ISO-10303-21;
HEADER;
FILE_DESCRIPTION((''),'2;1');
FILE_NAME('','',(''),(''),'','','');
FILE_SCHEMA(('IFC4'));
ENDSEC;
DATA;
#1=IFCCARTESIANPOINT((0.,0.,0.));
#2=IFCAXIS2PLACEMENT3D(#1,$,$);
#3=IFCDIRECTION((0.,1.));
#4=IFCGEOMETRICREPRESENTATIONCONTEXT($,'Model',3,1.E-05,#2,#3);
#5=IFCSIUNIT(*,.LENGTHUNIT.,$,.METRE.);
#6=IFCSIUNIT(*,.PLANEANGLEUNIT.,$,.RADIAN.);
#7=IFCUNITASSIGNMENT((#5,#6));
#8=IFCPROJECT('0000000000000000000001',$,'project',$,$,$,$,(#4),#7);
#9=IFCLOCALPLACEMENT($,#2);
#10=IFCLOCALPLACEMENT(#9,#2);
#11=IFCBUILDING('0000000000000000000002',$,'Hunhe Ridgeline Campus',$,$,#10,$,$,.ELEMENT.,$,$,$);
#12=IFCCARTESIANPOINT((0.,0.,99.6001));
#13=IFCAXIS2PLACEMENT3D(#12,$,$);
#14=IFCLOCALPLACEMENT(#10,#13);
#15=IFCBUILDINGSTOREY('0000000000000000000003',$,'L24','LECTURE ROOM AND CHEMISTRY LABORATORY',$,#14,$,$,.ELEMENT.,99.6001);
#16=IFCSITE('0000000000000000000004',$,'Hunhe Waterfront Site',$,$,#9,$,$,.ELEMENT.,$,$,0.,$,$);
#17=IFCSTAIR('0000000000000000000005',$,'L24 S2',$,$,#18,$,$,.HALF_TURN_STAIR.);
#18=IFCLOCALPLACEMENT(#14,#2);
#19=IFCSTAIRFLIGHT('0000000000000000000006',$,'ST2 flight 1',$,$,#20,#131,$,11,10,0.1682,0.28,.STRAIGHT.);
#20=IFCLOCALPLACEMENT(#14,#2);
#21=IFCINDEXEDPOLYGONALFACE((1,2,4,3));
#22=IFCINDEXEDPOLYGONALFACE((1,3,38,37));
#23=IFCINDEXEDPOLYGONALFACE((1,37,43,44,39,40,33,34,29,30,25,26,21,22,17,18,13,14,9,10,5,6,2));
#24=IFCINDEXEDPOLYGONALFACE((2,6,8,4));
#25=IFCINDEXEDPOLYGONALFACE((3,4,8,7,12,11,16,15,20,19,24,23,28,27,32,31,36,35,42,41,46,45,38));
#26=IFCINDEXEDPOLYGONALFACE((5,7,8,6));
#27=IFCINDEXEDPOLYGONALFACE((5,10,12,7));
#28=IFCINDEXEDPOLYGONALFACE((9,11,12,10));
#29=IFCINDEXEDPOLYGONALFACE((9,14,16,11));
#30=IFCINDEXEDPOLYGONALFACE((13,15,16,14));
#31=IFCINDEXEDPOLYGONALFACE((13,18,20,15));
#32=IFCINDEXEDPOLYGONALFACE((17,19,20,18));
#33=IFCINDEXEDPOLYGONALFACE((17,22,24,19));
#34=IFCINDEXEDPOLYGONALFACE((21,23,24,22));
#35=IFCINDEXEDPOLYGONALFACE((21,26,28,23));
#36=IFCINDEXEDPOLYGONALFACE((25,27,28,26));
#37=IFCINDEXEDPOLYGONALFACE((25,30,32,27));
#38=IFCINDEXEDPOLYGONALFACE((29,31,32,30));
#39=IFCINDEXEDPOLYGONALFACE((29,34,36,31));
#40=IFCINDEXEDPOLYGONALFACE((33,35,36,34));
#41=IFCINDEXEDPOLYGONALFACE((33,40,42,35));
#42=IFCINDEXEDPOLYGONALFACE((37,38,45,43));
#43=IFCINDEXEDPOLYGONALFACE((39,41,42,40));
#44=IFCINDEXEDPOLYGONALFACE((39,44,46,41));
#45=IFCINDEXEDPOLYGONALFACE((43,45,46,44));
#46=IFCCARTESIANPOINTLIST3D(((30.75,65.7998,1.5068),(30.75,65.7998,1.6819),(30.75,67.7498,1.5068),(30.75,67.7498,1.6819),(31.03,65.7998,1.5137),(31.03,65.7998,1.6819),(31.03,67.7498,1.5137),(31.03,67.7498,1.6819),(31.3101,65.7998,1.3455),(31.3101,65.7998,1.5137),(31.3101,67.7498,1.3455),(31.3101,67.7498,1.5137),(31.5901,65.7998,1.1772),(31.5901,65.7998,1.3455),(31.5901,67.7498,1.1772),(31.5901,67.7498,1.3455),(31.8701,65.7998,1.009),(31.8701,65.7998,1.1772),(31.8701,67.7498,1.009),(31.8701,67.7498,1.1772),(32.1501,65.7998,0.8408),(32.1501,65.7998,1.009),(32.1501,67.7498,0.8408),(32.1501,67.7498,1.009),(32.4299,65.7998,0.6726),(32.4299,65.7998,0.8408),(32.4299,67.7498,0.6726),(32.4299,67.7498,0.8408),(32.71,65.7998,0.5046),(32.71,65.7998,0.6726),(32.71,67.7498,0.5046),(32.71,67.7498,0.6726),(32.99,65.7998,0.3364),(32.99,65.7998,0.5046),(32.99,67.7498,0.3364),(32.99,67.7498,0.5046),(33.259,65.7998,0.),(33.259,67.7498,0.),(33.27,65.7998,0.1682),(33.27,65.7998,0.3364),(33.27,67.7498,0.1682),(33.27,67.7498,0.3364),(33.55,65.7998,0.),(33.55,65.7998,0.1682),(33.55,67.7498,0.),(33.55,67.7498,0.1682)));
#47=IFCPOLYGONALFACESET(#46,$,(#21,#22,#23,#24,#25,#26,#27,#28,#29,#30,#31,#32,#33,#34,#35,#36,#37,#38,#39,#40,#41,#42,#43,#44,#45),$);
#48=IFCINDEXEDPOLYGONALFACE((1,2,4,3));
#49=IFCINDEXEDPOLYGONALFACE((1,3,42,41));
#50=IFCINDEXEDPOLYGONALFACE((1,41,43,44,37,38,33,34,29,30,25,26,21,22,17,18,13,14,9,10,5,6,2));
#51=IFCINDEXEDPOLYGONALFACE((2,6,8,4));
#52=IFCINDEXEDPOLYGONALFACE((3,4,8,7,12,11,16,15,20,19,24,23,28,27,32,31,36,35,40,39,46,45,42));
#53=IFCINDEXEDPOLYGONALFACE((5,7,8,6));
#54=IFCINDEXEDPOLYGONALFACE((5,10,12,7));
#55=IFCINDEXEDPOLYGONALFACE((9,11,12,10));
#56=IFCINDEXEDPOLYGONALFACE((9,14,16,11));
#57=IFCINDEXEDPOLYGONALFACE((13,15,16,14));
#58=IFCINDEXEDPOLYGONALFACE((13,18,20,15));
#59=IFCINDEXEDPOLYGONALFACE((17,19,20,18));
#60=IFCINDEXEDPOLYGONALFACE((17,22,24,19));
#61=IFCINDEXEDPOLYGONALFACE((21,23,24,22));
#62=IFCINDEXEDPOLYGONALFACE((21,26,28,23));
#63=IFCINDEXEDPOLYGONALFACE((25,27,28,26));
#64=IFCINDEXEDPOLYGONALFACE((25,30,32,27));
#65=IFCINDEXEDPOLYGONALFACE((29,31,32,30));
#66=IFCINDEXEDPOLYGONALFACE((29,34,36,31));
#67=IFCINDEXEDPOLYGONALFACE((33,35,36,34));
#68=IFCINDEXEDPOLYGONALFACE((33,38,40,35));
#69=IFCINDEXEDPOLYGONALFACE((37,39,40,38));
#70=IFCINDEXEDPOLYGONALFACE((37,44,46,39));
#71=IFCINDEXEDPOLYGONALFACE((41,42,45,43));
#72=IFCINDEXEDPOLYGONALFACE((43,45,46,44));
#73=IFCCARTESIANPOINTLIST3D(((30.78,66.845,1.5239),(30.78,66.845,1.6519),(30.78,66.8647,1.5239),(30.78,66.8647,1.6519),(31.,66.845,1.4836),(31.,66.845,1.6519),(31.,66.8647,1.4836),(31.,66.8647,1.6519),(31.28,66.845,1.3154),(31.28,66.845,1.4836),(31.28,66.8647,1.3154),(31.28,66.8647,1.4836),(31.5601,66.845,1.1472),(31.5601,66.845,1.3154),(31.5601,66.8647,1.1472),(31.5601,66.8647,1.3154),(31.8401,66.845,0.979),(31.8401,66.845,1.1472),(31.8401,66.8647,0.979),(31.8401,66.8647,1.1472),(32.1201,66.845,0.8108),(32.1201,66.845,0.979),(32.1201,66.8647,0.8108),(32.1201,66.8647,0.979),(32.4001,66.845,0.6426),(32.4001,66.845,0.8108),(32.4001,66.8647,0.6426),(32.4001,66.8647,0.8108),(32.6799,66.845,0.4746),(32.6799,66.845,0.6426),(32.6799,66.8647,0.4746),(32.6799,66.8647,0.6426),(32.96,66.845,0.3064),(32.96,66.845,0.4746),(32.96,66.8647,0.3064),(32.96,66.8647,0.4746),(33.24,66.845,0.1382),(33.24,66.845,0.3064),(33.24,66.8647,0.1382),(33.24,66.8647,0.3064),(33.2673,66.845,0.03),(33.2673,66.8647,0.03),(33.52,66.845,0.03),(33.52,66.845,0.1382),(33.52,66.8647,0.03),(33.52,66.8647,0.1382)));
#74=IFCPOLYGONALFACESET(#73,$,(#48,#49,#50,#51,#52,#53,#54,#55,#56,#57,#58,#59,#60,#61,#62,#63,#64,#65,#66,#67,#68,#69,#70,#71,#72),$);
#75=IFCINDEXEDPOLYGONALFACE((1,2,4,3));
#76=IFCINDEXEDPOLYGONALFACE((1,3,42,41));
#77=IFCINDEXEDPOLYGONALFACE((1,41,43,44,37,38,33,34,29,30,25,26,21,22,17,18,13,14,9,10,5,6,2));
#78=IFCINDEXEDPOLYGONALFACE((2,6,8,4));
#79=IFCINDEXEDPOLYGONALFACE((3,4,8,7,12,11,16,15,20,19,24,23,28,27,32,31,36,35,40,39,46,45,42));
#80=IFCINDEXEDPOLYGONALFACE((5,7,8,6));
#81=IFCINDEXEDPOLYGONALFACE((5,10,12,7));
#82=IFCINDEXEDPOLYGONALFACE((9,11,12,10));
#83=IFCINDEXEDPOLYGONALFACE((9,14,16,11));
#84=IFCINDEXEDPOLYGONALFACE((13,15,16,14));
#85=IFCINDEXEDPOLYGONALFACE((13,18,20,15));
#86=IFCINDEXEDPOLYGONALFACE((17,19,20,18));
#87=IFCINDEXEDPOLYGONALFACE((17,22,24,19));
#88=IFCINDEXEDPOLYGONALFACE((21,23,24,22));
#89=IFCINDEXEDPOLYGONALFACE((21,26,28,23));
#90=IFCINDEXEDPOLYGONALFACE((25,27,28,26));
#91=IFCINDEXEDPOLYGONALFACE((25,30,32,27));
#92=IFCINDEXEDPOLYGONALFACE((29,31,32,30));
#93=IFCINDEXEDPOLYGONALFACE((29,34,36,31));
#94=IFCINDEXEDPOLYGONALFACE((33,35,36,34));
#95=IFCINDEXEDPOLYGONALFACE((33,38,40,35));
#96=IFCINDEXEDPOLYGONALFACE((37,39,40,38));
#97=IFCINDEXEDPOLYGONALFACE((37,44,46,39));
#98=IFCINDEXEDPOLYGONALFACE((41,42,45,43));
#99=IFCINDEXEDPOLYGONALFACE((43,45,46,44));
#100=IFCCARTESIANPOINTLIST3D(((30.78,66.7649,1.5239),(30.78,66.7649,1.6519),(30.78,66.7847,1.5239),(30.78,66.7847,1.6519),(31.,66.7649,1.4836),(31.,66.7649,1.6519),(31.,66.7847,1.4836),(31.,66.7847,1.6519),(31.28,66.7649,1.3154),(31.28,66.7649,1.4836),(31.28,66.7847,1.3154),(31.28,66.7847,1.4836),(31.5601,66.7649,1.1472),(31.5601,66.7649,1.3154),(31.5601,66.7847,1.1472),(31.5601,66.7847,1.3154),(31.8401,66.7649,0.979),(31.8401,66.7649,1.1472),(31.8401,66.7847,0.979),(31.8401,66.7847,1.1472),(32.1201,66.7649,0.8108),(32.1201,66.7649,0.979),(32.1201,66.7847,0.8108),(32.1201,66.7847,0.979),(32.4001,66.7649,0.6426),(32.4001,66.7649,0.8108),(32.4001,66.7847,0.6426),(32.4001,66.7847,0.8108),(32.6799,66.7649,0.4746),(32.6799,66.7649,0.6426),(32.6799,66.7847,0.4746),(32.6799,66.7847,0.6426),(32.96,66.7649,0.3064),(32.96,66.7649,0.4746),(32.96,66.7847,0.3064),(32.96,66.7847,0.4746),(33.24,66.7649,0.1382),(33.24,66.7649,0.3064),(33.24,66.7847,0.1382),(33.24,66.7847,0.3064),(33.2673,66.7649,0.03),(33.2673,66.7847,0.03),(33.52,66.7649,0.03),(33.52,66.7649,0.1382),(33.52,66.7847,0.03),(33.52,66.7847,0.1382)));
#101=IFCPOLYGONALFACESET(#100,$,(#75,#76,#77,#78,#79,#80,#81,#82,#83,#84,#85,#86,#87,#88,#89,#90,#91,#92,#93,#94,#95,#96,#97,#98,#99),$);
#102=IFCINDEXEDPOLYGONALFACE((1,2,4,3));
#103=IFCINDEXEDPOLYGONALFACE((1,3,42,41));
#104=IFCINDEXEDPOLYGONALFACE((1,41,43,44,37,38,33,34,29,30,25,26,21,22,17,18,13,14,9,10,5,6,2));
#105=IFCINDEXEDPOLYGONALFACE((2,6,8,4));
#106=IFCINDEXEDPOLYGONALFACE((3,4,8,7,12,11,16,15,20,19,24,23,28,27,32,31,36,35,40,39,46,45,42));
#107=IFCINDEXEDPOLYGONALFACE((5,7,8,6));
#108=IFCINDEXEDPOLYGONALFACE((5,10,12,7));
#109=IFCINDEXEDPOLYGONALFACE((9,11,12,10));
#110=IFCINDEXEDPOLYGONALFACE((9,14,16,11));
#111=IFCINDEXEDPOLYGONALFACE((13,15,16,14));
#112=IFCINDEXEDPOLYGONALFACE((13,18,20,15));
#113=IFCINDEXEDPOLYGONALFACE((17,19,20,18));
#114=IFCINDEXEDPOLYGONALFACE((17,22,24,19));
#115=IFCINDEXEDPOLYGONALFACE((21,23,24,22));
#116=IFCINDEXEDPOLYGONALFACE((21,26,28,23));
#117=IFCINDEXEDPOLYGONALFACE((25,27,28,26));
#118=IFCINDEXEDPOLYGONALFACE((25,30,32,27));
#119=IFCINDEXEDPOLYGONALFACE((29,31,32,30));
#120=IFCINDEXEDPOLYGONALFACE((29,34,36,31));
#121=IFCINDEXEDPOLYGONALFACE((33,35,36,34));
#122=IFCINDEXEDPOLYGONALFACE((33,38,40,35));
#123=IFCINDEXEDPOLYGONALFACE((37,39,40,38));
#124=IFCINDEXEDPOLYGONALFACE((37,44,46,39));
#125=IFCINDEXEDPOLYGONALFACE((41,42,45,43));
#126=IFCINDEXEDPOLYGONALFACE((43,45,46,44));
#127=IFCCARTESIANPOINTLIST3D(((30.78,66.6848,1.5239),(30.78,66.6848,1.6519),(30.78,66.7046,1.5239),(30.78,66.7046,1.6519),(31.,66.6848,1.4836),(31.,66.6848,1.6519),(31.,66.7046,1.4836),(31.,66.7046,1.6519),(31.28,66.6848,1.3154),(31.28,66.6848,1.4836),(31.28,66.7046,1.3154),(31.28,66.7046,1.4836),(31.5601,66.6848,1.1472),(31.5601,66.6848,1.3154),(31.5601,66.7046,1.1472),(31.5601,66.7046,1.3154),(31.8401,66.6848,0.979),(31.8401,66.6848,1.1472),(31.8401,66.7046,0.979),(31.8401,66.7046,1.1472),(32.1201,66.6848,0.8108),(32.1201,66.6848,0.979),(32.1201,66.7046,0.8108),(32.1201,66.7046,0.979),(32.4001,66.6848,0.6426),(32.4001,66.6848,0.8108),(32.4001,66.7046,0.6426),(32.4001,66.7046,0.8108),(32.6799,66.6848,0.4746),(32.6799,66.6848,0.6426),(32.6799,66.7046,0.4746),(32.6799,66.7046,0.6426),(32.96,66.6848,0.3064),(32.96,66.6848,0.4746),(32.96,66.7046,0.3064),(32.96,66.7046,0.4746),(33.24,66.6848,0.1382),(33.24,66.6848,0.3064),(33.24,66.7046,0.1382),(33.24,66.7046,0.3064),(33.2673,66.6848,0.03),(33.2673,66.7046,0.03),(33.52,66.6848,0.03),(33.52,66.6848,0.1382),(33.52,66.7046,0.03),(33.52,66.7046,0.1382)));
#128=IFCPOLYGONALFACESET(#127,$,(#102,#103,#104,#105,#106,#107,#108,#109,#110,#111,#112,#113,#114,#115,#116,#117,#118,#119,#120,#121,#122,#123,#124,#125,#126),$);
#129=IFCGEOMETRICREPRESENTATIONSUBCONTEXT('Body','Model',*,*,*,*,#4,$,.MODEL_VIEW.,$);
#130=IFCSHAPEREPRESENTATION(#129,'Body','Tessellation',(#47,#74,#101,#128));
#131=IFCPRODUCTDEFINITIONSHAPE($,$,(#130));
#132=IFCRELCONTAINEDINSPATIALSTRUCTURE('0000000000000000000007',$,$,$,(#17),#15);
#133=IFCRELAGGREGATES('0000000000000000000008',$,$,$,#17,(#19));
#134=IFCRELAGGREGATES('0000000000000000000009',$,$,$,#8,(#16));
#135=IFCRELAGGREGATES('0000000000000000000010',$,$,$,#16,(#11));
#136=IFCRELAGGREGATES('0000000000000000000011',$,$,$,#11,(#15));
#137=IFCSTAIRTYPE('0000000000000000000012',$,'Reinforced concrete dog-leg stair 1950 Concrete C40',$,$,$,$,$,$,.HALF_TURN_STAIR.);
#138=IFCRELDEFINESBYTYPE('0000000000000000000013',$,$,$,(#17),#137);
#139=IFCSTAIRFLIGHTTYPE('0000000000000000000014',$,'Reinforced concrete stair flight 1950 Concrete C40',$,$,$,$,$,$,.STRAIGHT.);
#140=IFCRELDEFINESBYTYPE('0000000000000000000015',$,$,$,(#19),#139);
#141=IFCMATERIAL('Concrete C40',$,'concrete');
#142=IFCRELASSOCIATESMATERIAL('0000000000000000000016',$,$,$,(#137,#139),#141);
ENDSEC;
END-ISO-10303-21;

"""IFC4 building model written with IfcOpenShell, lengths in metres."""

from ifc_helpers import new_model, si_unit, direction, frame, origin, place, context, subcontext, project, spatial, polyline, outline, extrude, material, type_object, element, aggregate, save


model = new_model("IFC4")

# Units and contexts
model_context = context("Model", 3, precision=1e-05, world=origin(), true_north=direction((0.0, 1.0)))
body_context = subcontext(model_context, "Body", "Model", "MODEL_VIEW")
ifc_project = project(units=[si_unit("LENGTHUNIT", "METRE"), si_unit("PLANEANGLEUNIT", "RADIAN")], contexts=[model_context])

# Site, building, storey
site_placement = place(None, origin())
site = spatial("IfcSite", under=ifc_project, at=site_placement, Name="Hunhe Waterfront Site", CompositionType="ELEMENT", RefElevation=0.0)
building_placement = place(site_placement, origin())
building = spatial("IfcBuilding", under=site, at=building_placement, Name="Hunhe Ridgeline Campus", CompositionType="ELEMENT")
storey_placement = place(building_placement, frame((0.0, 0.0, 99.6001)))
storey = spatial("IfcBuildingStorey", under=building, at=storey_placement, Name="L24", Description="LECTURE ROOM AND CHEMISTRY LABORATORY", CompositionType="ELEMENT", Elevation=99.6001)

# Stair, stair flight
ifc_material_1 = material(Name="Concrete C40", Category="concrete")
stair_type = type_object("IfcStairType", Name="Reinforced concrete dog-leg stair 1950 Concrete C40", PredefinedType="HALF_TURN_STAIR", material=ifc_material_1)
stair_placement = place(storey_placement, origin())
stair = element("IfcStair", 1, at=stair_placement, inside=storey, type_object=stair_type, Name="L24 S2", PredefinedType="HALF_TURN_STAIR")
stair_flight_type = type_object("IfcStairFlightType", Name="Reinforced concrete stair flight 1950 Concrete C40", PredefinedType="STRAIGHT", material=ifc_material_1)
stair_flight_1_placement = place(storey_placement, frame((33.55, 66.7749, 0.0), z_axis=(0.0, 0.0, 1.0), x_axis=(-1.0, 0.0, 0.0)))
stair_flight_1 = element("IfcStairFlight", 2, at=stair_flight_1_placement, type_object=stair_flight_type, Name="ST2 flight 1", NumberOfRisers=11, NumberOfTreads=10, PredefinedType="STRAIGHT", RiserHeight=0.1682, TreadLength=0.28, context=body_context, shape_type="SweptSolid", body=[
    extrude(outline(polyline([(0.0, 0.0), (0.0, 0.1682), (0.28, 0.1682), (0.28, 0.3364), (0.5601, 0.3364), (0.5601, 0.5046), (0.8401, 0.5046), (0.8401, 0.6726), (1.1201, 0.6726), (1.1201, 0.8408), (1.3999, 0.8408), (1.3999, 1.009), (1.6799, 1.009), (1.6799, 1.1772), (1.96, 1.1772), (1.96, 1.3455), (2.24, 1.3455), (2.24, 1.5137), (2.52, 1.5137), (2.52, 1.6819), (2.8, 1.6819), (2.8, 1.8501), (2.8, 1.5068), (0.291, 0.0), (0.0, 0.0)])), frame((0.0, 0.9751, 0.0), z_axis=(0.0, -1.0, 0.0), x_axis=(1.0, 0.0, 0.0)), (0.0, 0.0, 1.0), 1.95),
    extrude(outline(polyline([(0.03, 0.03), (0.03, 0.1382), (0.3101, 0.1382), (0.3101, 0.3064), (0.5901, 0.3064), (0.5901, 0.4746), (0.8701, 0.4746), (0.8701, 0.6426), (1.1499, 0.6426), (1.1499, 0.8108), (1.4299, 0.8108), (1.4299, 0.979), (1.71, 0.979), (1.71, 1.1472), (1.99, 1.1472), (1.99, 1.3154), (2.27, 1.3154), (2.27, 1.4836), (2.55, 1.4836), (2.55, 1.6519), (2.77, 1.6519), (2.77, 1.5239), (0.2827, 0.03), (0.03, 0.03)])), frame((0.0, -0.0701, 0.0), z_axis=(0.0, -1.0, 0.0), x_axis=(1.0, 0.0, 0.0)), (0.0, 0.0, 1.0), 0.0198),
    extrude(outline(polyline([(0.03, 0.03), (0.03, 0.1382), (0.3101, 0.1382), (0.3101, 0.3064), (0.5901, 0.3064), (0.5901, 0.4746), (0.8701, 0.4746), (0.8701, 0.6426), (1.1499, 0.6426), (1.1499, 0.8108), (1.4299, 0.8108), (1.4299, 0.979), (1.71, 0.979), (1.71, 1.1472), (1.99, 1.1472), (1.99, 1.3154), (2.27, 1.3154), (2.27, 1.4836), (2.55, 1.4836), (2.55, 1.6519), (2.77, 1.6519), (2.77, 1.5239), (0.2827, 0.03), (0.03, 0.03)])), frame((0.0, 0.01, 0.0), z_axis=(0.0, -1.0, 0.0), x_axis=(1.0, 0.0, 0.0)), (0.0, 0.0, 1.0), 0.0198),
    extrude(outline(polyline([(0.03, 0.03), (0.03, 0.1382), (0.3101, 0.1382), (0.3101, 0.3064), (0.5901, 0.3064), (0.5901, 0.4746), (0.8701, 0.4746), (0.8701, 0.6426), (1.1499, 0.6426), (1.1499, 0.8108), (1.4299, 0.8108), (1.4299, 0.979), (1.71, 0.979), (1.71, 1.1472), (1.99, 1.1472), (1.99, 1.3154), (2.27, 1.3154), (2.27, 1.4836), (2.55, 1.4836), (2.55, 1.6519), (2.77, 1.6519), (2.77, 1.5239), (0.2827, 0.03), (0.03, 0.03)])), frame((0.0, 0.0901, 0.0), z_axis=(0.0, -1.0, 0.0), x_axis=(1.0, 0.0, 0.0)), (0.0, 0.0, 1.0), 0.0198),
])
aggregate(stair, [stair_flight_1])

save(model, "model.ifc")
